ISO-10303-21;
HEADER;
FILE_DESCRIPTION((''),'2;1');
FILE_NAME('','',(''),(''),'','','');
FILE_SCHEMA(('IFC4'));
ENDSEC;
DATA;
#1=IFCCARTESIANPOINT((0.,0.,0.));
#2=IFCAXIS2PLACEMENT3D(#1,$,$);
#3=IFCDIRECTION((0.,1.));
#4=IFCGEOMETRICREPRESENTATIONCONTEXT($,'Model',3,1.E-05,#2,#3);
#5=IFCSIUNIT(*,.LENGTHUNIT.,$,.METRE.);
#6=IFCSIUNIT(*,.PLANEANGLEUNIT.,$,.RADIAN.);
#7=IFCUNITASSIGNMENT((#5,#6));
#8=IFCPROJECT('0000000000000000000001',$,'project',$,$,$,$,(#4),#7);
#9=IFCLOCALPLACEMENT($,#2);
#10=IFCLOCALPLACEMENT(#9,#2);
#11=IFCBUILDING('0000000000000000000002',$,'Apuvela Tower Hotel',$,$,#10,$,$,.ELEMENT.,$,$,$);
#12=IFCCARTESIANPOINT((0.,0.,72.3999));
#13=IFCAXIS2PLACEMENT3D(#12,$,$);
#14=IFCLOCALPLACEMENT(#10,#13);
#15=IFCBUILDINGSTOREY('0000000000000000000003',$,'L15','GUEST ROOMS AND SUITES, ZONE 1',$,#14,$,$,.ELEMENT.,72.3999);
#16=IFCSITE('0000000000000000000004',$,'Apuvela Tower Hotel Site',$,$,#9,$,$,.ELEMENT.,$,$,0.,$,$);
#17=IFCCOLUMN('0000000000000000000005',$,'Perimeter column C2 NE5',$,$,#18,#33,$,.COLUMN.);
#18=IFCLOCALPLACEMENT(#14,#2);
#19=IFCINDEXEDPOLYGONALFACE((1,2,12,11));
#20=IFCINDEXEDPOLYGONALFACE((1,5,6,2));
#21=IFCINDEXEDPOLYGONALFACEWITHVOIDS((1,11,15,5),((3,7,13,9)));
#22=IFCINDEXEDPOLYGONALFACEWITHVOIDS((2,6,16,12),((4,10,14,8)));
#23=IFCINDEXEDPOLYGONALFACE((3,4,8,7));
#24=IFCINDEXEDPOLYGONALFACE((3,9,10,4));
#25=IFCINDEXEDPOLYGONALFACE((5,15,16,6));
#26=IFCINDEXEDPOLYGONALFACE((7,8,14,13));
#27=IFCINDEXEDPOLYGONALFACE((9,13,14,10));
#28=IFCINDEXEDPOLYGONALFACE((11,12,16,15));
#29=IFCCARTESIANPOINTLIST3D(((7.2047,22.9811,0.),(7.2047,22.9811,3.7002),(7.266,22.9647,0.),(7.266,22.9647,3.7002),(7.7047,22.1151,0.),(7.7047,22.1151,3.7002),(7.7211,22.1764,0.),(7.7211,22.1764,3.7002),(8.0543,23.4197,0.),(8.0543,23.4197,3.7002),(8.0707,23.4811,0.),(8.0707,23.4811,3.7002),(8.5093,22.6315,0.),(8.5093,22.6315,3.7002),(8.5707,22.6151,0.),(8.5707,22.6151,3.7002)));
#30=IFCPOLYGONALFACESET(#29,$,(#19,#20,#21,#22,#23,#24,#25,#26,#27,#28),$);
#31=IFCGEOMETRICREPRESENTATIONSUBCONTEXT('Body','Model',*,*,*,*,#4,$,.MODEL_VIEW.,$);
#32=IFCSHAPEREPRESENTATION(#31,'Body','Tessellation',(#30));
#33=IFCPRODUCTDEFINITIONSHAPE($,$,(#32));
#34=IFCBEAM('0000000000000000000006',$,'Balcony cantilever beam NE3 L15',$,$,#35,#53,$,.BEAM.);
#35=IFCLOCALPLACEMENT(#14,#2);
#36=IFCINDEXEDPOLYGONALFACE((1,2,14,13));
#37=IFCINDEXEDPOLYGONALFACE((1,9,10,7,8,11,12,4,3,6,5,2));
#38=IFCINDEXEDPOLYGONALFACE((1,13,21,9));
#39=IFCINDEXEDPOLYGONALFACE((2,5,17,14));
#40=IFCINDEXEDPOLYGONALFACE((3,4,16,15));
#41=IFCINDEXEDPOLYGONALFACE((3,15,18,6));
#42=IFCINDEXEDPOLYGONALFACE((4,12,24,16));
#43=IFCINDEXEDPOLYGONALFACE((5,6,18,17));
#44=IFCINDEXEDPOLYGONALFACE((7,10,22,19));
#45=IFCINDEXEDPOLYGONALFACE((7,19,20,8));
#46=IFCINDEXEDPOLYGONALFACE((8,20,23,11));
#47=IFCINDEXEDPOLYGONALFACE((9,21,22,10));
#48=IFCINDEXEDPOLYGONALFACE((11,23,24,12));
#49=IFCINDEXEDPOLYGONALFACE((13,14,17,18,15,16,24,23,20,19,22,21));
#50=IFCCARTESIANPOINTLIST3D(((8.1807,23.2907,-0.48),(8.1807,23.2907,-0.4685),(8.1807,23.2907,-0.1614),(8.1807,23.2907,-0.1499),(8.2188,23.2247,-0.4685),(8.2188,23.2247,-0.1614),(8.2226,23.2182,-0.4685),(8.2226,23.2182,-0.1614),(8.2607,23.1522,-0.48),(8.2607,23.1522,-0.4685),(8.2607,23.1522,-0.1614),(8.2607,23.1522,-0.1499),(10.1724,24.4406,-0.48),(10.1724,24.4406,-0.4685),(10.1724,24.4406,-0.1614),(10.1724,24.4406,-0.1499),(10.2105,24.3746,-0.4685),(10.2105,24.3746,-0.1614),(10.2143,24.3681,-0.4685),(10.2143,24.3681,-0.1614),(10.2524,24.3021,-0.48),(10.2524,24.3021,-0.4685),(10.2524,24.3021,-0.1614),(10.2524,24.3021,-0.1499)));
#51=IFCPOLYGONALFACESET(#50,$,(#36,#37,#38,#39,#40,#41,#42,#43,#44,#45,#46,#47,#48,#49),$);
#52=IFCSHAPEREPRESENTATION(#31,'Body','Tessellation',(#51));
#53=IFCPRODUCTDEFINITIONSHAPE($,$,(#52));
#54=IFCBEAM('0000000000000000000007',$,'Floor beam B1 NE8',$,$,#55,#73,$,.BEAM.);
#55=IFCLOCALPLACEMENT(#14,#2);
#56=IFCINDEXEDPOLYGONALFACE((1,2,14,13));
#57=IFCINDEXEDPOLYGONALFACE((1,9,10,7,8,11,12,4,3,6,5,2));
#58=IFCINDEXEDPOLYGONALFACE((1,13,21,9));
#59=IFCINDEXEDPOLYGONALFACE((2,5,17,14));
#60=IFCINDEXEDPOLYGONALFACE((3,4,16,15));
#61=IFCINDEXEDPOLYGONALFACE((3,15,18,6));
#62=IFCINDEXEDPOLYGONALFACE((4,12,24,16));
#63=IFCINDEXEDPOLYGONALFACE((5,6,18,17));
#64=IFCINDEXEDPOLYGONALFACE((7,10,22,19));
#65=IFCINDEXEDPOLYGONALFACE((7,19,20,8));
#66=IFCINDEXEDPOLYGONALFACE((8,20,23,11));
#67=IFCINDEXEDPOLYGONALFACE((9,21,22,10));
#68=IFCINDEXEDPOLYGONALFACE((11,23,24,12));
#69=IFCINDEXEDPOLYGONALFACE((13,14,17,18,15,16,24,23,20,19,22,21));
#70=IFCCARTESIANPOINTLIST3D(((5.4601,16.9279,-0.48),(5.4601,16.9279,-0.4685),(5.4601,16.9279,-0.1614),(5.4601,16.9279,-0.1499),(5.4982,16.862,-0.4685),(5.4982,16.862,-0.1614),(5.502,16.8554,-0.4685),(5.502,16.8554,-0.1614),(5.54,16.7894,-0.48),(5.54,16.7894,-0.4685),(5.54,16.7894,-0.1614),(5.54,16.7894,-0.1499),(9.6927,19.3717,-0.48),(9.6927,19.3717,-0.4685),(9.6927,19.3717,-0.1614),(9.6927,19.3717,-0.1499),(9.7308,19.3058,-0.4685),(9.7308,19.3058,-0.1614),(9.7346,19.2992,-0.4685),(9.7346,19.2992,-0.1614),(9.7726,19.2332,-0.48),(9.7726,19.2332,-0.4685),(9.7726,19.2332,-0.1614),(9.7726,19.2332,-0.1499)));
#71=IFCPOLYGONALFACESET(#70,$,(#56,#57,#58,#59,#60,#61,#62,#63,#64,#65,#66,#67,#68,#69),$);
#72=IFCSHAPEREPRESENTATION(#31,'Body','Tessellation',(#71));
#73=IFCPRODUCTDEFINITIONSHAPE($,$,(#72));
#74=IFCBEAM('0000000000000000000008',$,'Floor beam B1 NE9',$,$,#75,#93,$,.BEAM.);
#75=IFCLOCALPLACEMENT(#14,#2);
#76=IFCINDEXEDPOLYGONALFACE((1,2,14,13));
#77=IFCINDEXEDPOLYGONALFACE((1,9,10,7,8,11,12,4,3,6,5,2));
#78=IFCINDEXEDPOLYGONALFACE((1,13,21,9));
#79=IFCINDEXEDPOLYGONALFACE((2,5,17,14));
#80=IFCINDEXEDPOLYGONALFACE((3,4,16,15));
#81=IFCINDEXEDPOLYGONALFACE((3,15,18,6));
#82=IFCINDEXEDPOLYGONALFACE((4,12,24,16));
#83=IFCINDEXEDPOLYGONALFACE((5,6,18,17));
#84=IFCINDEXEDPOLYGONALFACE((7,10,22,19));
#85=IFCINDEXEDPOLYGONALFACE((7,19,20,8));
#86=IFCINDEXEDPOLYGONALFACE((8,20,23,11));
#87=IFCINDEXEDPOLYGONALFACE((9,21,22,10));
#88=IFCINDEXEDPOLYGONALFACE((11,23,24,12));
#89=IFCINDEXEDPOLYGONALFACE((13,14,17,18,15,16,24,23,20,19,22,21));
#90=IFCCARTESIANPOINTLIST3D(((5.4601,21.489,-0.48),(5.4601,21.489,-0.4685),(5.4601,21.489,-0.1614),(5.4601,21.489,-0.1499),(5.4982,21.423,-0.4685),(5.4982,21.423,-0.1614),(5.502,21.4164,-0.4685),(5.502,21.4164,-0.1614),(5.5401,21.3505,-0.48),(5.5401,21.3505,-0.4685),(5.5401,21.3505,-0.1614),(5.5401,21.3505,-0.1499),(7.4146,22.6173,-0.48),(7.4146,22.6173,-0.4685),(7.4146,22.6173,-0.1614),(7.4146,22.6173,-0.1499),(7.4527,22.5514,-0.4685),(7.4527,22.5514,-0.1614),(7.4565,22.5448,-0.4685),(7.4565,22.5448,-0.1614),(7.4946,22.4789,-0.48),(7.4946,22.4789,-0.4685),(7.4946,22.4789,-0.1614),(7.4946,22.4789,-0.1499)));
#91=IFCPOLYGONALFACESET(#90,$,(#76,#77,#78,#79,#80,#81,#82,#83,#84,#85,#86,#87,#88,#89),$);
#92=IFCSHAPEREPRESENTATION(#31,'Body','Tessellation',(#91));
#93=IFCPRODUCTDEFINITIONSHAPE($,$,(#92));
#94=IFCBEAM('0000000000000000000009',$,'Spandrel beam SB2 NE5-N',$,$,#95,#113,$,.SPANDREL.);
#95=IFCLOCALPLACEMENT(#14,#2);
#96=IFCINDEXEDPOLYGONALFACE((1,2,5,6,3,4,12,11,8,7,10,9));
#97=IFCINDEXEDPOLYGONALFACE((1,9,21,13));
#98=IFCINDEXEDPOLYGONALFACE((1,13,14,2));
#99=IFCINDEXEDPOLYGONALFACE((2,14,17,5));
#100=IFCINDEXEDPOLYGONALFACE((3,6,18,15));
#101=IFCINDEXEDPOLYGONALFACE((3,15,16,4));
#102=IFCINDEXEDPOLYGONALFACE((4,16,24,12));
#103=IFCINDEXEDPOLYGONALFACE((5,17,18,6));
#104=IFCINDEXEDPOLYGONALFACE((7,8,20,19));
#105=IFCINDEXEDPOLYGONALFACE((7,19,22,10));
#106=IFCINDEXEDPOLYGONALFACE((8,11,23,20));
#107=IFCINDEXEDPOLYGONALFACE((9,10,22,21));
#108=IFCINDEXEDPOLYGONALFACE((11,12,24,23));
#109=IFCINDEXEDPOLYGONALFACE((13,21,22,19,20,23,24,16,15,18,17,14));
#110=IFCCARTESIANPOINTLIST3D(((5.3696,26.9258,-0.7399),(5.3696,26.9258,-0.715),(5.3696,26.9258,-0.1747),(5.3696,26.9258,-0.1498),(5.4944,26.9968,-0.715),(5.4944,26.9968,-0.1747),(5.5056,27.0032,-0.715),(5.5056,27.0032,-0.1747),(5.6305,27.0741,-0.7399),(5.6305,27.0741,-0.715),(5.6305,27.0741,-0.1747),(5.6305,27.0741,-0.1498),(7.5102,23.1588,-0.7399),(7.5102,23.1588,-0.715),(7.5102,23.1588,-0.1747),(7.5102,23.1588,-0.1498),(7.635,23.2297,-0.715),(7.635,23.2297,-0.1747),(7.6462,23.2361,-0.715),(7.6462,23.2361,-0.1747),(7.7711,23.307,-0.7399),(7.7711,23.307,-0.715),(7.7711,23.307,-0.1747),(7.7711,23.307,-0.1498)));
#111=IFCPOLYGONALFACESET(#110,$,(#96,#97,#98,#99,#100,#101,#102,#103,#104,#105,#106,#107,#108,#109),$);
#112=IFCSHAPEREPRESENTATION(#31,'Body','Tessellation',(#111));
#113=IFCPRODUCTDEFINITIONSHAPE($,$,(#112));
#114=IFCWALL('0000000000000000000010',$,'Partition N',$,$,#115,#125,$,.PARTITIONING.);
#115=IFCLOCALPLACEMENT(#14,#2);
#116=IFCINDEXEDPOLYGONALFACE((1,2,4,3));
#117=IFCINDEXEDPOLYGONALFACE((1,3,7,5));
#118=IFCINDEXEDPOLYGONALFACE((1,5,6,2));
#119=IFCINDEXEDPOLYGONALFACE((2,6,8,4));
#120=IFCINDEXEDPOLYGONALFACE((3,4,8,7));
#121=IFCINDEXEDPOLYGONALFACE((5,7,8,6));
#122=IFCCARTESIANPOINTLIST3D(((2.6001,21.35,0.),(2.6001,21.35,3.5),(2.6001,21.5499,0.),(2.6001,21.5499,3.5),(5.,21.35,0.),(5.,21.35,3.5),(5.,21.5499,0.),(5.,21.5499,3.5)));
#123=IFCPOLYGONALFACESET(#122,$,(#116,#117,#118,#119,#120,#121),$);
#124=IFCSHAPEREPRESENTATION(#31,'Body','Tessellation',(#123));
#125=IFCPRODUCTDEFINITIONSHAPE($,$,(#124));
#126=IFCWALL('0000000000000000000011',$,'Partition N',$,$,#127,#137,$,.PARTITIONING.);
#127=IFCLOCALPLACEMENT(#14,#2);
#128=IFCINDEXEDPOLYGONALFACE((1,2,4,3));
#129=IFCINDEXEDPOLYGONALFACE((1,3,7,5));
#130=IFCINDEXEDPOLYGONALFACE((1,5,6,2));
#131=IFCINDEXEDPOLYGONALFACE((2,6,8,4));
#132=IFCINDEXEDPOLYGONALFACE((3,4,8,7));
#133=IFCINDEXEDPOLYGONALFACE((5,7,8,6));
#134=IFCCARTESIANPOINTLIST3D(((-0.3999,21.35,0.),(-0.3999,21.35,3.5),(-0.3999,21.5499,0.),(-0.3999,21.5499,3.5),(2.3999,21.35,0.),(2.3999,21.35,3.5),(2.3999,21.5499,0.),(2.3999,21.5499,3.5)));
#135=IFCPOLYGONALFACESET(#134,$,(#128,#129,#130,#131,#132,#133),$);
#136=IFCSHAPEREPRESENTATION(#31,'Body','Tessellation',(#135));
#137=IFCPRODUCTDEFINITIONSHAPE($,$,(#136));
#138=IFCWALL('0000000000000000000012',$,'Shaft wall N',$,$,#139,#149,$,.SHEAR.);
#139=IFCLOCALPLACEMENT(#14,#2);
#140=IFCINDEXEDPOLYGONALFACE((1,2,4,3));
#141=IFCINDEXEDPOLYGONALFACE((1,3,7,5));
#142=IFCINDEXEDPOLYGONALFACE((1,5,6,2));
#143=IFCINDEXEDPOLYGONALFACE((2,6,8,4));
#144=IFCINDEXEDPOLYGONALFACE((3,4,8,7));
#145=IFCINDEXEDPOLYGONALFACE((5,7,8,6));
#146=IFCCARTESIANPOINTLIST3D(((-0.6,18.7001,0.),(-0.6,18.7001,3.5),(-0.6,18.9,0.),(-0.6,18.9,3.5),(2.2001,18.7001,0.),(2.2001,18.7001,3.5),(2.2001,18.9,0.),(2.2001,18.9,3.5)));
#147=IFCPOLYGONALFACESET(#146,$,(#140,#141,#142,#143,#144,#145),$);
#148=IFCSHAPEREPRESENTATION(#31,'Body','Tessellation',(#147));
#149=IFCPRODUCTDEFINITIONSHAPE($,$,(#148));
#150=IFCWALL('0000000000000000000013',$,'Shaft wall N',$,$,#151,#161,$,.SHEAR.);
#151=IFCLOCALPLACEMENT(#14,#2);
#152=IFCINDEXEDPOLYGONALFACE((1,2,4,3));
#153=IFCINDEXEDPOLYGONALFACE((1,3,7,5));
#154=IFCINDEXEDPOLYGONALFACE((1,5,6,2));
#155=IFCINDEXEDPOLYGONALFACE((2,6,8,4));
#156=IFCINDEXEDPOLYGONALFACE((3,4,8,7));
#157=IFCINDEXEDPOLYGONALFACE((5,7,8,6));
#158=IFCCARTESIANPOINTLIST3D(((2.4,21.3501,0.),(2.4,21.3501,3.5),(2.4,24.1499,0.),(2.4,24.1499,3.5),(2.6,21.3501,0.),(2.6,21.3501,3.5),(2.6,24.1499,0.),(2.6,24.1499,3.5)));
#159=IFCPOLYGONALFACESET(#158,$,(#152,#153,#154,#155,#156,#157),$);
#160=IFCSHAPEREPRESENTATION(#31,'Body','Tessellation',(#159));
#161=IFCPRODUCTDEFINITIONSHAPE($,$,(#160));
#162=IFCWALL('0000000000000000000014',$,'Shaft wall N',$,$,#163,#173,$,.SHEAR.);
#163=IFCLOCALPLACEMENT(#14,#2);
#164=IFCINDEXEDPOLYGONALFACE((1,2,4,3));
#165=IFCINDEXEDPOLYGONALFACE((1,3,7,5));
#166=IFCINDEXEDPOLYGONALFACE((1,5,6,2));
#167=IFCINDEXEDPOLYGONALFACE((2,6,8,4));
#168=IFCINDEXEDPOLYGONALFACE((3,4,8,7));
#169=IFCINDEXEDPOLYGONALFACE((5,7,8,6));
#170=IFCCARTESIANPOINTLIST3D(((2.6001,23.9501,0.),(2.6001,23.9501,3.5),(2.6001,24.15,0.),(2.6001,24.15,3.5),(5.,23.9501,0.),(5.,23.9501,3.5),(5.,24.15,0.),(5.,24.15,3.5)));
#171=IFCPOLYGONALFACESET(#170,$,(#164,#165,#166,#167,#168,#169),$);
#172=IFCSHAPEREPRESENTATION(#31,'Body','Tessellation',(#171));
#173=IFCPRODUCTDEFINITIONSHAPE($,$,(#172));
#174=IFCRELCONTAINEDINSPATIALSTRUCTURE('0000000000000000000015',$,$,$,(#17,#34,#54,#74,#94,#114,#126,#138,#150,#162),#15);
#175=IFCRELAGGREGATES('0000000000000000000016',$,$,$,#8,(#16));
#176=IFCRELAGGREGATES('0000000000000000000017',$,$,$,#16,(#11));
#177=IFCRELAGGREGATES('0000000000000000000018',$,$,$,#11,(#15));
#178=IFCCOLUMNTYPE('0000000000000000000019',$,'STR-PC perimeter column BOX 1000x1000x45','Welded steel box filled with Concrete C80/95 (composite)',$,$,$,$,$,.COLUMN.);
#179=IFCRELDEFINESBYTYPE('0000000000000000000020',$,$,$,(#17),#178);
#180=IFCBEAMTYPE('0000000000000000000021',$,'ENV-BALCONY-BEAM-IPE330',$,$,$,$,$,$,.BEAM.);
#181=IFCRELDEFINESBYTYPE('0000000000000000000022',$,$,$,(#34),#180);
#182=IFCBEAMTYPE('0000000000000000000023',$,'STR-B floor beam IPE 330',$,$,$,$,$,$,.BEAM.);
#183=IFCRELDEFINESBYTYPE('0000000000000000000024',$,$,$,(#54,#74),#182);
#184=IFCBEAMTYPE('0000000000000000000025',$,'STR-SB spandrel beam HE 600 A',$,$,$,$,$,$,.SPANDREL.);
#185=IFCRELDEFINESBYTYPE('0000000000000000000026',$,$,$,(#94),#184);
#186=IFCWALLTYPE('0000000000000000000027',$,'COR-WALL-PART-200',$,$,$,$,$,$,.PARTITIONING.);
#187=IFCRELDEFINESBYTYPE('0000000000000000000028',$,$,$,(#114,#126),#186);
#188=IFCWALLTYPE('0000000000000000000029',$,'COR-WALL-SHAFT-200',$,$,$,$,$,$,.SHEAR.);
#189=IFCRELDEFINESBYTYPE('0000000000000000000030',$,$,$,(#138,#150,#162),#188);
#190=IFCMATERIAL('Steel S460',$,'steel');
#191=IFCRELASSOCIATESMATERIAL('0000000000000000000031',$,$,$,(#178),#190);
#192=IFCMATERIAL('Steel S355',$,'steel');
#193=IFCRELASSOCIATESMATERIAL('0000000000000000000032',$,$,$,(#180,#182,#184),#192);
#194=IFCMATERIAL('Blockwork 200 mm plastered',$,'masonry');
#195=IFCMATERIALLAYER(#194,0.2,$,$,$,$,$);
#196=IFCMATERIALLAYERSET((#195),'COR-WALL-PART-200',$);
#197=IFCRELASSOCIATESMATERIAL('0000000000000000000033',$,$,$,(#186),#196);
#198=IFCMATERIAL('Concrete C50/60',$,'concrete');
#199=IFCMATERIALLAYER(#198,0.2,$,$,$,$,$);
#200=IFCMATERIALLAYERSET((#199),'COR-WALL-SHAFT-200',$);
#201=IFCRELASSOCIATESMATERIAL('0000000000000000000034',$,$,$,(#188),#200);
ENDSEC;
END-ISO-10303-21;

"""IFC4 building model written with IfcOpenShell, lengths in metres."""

from ifc_helpers import new_model, si_unit, direction, frame, frame_2d, origin, origin_2d, place, context, subcontext, project, spatial, rectangle, hollow_rectangle, i_section, extrude, material, layer, layer_set, material_profile, profile_set, type_object, element, save


model = new_model("IFC4")

# Units and contexts
model_context = context("Model", 3, precision=1e-05, world=origin(), true_north=direction((0.0, 1.0)))
body_context = subcontext(model_context, "Body", "Model", "MODEL_VIEW")
ifc_project = project(units=[si_unit("LENGTHUNIT", "METRE"), si_unit("PLANEANGLEUNIT", "RADIAN")], contexts=[model_context])

# Site, building, storey
site_placement = place(None, origin())
site = spatial("IfcSite", under=ifc_project, at=site_placement, Name="Apuvela Tower Hotel Site", CompositionType="ELEMENT", RefElevation=0.0)
building_placement = place(site_placement, origin())
building = spatial("IfcBuilding", under=site, at=building_placement, Name="Apuvela Tower Hotel", CompositionType="ELEMENT")
storey_placement = place(building_placement, frame((0.0, 0.0, 72.3999)))
storey = spatial("IfcBuildingStorey", under=building, at=storey_placement, Name="L15", Description="GUEST ROOMS AND SUITES, ZONE 1", CompositionType="ELEMENT", Elevation=72.3999)

# Column
ifc_material_1 = material(Name="Steel S460", Category="steel")
ifc_material_profile_1 = material_profile(ifc_material_1, hollow_rectangle(XDim=1.0, YDim=1.0, WallThickness=0.0449, at=origin_2d()), Name="BOX 1000x1000x45")
ifc_material_2 = material(Name="Concrete C80/95", Category="concrete")
ifc_material_profile_2 = material_profile(ifc_material_2, rectangle(XDim=0.9099, YDim=0.9099, at=origin_2d()), Name="Concrete C80/95 infill")
ifc_profile_set_1 = profile_set([ifc_material_profile_1, ifc_material_profile_2], Name="Steel S460")
column_type = type_object("IfcColumnType", Name="STR-PC perimeter column BOX 1000x1000x45", Description="Welded steel box filled with Concrete C80/95 (composite)", PredefinedType="COLUMN", material=ifc_profile_set_1)
column_placement = place(storey_placement, frame((7.8877, 22.7981, 0.0), z_axis=(0.0, 0.0, 1.0), x_axis=(-0.5, 0.866025, 0.0)))
element("IfcColumn", 1, at=column_placement, inside=storey, type_object=column_type, Name="Perimeter column C2 NE5", PredefinedType="COLUMN", context=body_context, shape_type="SweptSolid", body=[
    extrude(hollow_rectangle(XDim=1.0, YDim=1.0, WallThickness=0.0449, at=origin_2d()), origin(), (0.0, 0.0, 1.0), 3.7002),
])

# Beams
ifc_material_3 = material(Name="Steel S355", Category="steel")
ifc_material_profile_3 = material_profile(ifc_material_3, i_section(OverallWidth=0.1599, OverallDepth=0.3301, WebThickness=0.0076, FlangeThickness=0.0115, at=origin_2d()), Name="IPE 330")
ifc_profile_set_2 = profile_set([ifc_material_profile_3], Name="Steel S355")
beam_type_1 = type_object("IfcBeamType", Name="ENV-BALCONY-BEAM-IPE330", PredefinedType="BEAM", material=ifc_profile_set_2)
beam_1_placement = place(storey_placement, frame((8.2207, 23.2214, -0.3149), z_axis=(0.866026, 0.499998, 0.0), x_axis=(-0.499998, 0.866026, 0.0)))
element("IfcBeam", 2, at=beam_1_placement, inside=storey, type_object=beam_type_1, Name="Balcony cantilever beam NE3 L15", PredefinedType="BEAM", context=body_context, shape_type="SweptSolid", body=[
    extrude(i_section(OverallWidth=0.1599, OverallDepth=0.3301, WebThickness=0.0076, FlangeThickness=0.0115, at=origin_2d()), origin(), (0.0, 0.0, 1.0), 2.2998),
])
ifc_material_profile_4 = material_profile(ifc_material_3, i_section(OverallWidth=0.1599, OverallDepth=0.3301, WebThickness=0.0076, FlangeThickness=0.0115, at=origin_2d()), Name="IPE 330")
ifc_profile_set_3 = profile_set([ifc_material_profile_4], Name="Steel S355")
beam_type_2 = type_object("IfcBeamType", Name="STR-B floor beam IPE 330", PredefinedType="BEAM", material=ifc_profile_set_3)
beam_2_placement = place(storey_placement, frame((9.7327, 19.3025, -0.3149), z_axis=(-0.866015, -0.500018, 0.0), x_axis=(0.500018, -0.866015, 0.0)))
element("IfcBeam", 3, at=beam_2_placement, inside=storey, type_object=beam_type_2, Name="Floor beam B1 NE8", PredefinedType="BEAM", context=body_context, shape_type="SweptSolid", body=[
    extrude(i_section(OverallWidth=0.1599, OverallDepth=0.3301, WebThickness=0.0076, FlangeThickness=0.0115, at=origin_2d()), origin(), (0.0, 0.0, 1.0), 4.8875),
])
beam_3_placement = place(storey_placement, frame((7.4546, 22.5481, -0.3149), z_axis=(-0.866038, -0.499978, 0.0), x_axis=(0.499978, -0.866038, 0.0)))
element("IfcBeam", 4, at=beam_3_placement, inside=storey, type_object=beam_type_2, Name="Floor beam B1 NE9", PredefinedType="BEAM", context=body_context, shape_type="SweptSolid", body=[
    extrude(i_section(OverallWidth=0.1599, OverallDepth=0.3301, WebThickness=0.0076, FlangeThickness=0.0115, at=origin_2d()), origin(), (0.0, 0.0, 1.0), 2.2568),
])
ifc_material_profile_5 = material_profile(ifc_material_3, i_section(OverallWidth=0.3, OverallDepth=0.5901, WebThickness=0.0129, FlangeThickness=0.0249, at=origin_2d()), Name="HE 600 A")
ifc_profile_set_4 = profile_set([ifc_material_profile_5], Name="Steel S355")
beam_type_3 = type_object("IfcBeamType", Name="STR-SB spandrel beam HE 600 A", PredefinedType="SPANDREL", material=ifc_profile_set_4)
beam_4_placement = place(storey_placement, frame((7.6406, 23.2329, -0.4448), z_axis=(-0.49405, 0.869433, 0.0), x_axis=(-0.869433, -0.49405, 0.0)))
element("IfcBeam", 5, at=beam_4_placement, inside=storey, type_object=beam_type_3, Name="Spandrel beam SB2 NE5-N", PredefinedType="SPANDREL", context=body_context, shape_type="SweptSolid", body=[
    extrude(i_section(OverallWidth=0.3, OverallDepth=0.5901, WebThickness=0.0129, FlangeThickness=0.0249, at=origin_2d()), origin(), (0.0, 0.0, 1.0), 4.3328),
])

# Walls
ifc_material_4 = material(Name="Blockwork 200 mm plastered", Category="masonry")
ifc_layer_1 = layer(ifc_material_4, 0.2)
ifc_layer_set_1 = layer_set([ifc_layer_1], Name="COR-WALL-PART-200")
wall_type_1 = type_object("IfcWallType", Name="COR-WALL-PART-200", PredefinedType="PARTITIONING", material=ifc_layer_set_1)
wall_1_placement = place(storey_placement, frame((5.0, 21.45, 0.0), z_axis=(0.0, 0.0, 1.0), x_axis=(-1.0, 0.0, 0.0)))
element("IfcWall", 6, at=wall_1_placement, inside=storey, type_object=wall_type_1, Name="Partition N", PredefinedType="PARTITIONING", context=body_context, shape_type="SweptSolid", body=[
    extrude(rectangle(XDim=2.3999, YDim=0.2, at=frame_2d((1.2, 0.0))), origin(), (0.0, 0.0, 1.0), 3.5),
])
wall_2_placement = place(storey_placement, frame((2.3999, 21.45, 0.0), z_axis=(0.0, 0.0, 1.0), x_axis=(-1.0, 0.0, 0.0)))
element("IfcWall", 7, at=wall_2_placement, inside=storey, type_object=wall_type_1, Name="Partition N", PredefinedType="PARTITIONING", context=body_context, shape_type="SweptSolid", body=[
    extrude(rectangle(XDim=2.7998, YDim=0.2, at=frame_2d((1.3999, 0.0))), origin(), (0.0, 0.0, 1.0), 3.5),
])
ifc_material_5 = material(Name="Concrete C50/60", Category="concrete")
ifc_layer_2 = layer(ifc_material_5, 0.2)
ifc_layer_set_2 = layer_set([ifc_layer_2], Name="COR-WALL-SHAFT-200")
wall_type_2 = type_object("IfcWallType", Name="COR-WALL-SHAFT-200", PredefinedType="SHEAR", material=ifc_layer_set_2)
wall_3_placement = place(storey_placement, frame((2.2, 18.8, 0.0), z_axis=(0.0, 0.0, 1.0), x_axis=(-1.0, 0.0, 0.0)))
element("IfcWall", 8, at=wall_3_placement, inside=storey, type_object=wall_type_2, Name="Shaft wall N", PredefinedType="SHEAR", context=body_context, shape_type="SweptSolid", body=[
    extrude(rectangle(XDim=2.8, YDim=0.2, at=frame_2d((1.3999, 0.0))), origin(), (0.0, 0.0, 1.0), 3.5),
])
wall_4_placement = place(storey_placement, frame((2.5, 21.3501, 0.0), z_axis=(0.0, 0.0, 1.0), x_axis=(0.0, 1.0, 0.0)))
element("IfcWall", 9, at=wall_4_placement, inside=storey, type_object=wall_type_2, Name="Shaft wall N", PredefinedType="SHEAR", context=body_context, shape_type="SweptSolid", body=[
    extrude(rectangle(XDim=2.7998, YDim=0.2, at=frame_2d((1.3999, 0.0))), origin(), (0.0, 0.0, 1.0), 3.5),
])
wall_5_placement = place(storey_placement, frame((5.0, 24.05, 0.0), z_axis=(0.0, 0.0, 1.0), x_axis=(-1.0, 0.0, 0.0)))
element("IfcWall", 10, at=wall_5_placement, inside=storey, type_object=wall_type_2, Name="Shaft wall N", PredefinedType="SHEAR", context=body_context, shape_type="SweptSolid", body=[
    extrude(rectangle(XDim=2.3999, YDim=0.2, at=frame_2d((1.2, 0.0))), origin(), (0.0, 0.0, 1.0), 3.5),
])

save(model, "model.ifc")
